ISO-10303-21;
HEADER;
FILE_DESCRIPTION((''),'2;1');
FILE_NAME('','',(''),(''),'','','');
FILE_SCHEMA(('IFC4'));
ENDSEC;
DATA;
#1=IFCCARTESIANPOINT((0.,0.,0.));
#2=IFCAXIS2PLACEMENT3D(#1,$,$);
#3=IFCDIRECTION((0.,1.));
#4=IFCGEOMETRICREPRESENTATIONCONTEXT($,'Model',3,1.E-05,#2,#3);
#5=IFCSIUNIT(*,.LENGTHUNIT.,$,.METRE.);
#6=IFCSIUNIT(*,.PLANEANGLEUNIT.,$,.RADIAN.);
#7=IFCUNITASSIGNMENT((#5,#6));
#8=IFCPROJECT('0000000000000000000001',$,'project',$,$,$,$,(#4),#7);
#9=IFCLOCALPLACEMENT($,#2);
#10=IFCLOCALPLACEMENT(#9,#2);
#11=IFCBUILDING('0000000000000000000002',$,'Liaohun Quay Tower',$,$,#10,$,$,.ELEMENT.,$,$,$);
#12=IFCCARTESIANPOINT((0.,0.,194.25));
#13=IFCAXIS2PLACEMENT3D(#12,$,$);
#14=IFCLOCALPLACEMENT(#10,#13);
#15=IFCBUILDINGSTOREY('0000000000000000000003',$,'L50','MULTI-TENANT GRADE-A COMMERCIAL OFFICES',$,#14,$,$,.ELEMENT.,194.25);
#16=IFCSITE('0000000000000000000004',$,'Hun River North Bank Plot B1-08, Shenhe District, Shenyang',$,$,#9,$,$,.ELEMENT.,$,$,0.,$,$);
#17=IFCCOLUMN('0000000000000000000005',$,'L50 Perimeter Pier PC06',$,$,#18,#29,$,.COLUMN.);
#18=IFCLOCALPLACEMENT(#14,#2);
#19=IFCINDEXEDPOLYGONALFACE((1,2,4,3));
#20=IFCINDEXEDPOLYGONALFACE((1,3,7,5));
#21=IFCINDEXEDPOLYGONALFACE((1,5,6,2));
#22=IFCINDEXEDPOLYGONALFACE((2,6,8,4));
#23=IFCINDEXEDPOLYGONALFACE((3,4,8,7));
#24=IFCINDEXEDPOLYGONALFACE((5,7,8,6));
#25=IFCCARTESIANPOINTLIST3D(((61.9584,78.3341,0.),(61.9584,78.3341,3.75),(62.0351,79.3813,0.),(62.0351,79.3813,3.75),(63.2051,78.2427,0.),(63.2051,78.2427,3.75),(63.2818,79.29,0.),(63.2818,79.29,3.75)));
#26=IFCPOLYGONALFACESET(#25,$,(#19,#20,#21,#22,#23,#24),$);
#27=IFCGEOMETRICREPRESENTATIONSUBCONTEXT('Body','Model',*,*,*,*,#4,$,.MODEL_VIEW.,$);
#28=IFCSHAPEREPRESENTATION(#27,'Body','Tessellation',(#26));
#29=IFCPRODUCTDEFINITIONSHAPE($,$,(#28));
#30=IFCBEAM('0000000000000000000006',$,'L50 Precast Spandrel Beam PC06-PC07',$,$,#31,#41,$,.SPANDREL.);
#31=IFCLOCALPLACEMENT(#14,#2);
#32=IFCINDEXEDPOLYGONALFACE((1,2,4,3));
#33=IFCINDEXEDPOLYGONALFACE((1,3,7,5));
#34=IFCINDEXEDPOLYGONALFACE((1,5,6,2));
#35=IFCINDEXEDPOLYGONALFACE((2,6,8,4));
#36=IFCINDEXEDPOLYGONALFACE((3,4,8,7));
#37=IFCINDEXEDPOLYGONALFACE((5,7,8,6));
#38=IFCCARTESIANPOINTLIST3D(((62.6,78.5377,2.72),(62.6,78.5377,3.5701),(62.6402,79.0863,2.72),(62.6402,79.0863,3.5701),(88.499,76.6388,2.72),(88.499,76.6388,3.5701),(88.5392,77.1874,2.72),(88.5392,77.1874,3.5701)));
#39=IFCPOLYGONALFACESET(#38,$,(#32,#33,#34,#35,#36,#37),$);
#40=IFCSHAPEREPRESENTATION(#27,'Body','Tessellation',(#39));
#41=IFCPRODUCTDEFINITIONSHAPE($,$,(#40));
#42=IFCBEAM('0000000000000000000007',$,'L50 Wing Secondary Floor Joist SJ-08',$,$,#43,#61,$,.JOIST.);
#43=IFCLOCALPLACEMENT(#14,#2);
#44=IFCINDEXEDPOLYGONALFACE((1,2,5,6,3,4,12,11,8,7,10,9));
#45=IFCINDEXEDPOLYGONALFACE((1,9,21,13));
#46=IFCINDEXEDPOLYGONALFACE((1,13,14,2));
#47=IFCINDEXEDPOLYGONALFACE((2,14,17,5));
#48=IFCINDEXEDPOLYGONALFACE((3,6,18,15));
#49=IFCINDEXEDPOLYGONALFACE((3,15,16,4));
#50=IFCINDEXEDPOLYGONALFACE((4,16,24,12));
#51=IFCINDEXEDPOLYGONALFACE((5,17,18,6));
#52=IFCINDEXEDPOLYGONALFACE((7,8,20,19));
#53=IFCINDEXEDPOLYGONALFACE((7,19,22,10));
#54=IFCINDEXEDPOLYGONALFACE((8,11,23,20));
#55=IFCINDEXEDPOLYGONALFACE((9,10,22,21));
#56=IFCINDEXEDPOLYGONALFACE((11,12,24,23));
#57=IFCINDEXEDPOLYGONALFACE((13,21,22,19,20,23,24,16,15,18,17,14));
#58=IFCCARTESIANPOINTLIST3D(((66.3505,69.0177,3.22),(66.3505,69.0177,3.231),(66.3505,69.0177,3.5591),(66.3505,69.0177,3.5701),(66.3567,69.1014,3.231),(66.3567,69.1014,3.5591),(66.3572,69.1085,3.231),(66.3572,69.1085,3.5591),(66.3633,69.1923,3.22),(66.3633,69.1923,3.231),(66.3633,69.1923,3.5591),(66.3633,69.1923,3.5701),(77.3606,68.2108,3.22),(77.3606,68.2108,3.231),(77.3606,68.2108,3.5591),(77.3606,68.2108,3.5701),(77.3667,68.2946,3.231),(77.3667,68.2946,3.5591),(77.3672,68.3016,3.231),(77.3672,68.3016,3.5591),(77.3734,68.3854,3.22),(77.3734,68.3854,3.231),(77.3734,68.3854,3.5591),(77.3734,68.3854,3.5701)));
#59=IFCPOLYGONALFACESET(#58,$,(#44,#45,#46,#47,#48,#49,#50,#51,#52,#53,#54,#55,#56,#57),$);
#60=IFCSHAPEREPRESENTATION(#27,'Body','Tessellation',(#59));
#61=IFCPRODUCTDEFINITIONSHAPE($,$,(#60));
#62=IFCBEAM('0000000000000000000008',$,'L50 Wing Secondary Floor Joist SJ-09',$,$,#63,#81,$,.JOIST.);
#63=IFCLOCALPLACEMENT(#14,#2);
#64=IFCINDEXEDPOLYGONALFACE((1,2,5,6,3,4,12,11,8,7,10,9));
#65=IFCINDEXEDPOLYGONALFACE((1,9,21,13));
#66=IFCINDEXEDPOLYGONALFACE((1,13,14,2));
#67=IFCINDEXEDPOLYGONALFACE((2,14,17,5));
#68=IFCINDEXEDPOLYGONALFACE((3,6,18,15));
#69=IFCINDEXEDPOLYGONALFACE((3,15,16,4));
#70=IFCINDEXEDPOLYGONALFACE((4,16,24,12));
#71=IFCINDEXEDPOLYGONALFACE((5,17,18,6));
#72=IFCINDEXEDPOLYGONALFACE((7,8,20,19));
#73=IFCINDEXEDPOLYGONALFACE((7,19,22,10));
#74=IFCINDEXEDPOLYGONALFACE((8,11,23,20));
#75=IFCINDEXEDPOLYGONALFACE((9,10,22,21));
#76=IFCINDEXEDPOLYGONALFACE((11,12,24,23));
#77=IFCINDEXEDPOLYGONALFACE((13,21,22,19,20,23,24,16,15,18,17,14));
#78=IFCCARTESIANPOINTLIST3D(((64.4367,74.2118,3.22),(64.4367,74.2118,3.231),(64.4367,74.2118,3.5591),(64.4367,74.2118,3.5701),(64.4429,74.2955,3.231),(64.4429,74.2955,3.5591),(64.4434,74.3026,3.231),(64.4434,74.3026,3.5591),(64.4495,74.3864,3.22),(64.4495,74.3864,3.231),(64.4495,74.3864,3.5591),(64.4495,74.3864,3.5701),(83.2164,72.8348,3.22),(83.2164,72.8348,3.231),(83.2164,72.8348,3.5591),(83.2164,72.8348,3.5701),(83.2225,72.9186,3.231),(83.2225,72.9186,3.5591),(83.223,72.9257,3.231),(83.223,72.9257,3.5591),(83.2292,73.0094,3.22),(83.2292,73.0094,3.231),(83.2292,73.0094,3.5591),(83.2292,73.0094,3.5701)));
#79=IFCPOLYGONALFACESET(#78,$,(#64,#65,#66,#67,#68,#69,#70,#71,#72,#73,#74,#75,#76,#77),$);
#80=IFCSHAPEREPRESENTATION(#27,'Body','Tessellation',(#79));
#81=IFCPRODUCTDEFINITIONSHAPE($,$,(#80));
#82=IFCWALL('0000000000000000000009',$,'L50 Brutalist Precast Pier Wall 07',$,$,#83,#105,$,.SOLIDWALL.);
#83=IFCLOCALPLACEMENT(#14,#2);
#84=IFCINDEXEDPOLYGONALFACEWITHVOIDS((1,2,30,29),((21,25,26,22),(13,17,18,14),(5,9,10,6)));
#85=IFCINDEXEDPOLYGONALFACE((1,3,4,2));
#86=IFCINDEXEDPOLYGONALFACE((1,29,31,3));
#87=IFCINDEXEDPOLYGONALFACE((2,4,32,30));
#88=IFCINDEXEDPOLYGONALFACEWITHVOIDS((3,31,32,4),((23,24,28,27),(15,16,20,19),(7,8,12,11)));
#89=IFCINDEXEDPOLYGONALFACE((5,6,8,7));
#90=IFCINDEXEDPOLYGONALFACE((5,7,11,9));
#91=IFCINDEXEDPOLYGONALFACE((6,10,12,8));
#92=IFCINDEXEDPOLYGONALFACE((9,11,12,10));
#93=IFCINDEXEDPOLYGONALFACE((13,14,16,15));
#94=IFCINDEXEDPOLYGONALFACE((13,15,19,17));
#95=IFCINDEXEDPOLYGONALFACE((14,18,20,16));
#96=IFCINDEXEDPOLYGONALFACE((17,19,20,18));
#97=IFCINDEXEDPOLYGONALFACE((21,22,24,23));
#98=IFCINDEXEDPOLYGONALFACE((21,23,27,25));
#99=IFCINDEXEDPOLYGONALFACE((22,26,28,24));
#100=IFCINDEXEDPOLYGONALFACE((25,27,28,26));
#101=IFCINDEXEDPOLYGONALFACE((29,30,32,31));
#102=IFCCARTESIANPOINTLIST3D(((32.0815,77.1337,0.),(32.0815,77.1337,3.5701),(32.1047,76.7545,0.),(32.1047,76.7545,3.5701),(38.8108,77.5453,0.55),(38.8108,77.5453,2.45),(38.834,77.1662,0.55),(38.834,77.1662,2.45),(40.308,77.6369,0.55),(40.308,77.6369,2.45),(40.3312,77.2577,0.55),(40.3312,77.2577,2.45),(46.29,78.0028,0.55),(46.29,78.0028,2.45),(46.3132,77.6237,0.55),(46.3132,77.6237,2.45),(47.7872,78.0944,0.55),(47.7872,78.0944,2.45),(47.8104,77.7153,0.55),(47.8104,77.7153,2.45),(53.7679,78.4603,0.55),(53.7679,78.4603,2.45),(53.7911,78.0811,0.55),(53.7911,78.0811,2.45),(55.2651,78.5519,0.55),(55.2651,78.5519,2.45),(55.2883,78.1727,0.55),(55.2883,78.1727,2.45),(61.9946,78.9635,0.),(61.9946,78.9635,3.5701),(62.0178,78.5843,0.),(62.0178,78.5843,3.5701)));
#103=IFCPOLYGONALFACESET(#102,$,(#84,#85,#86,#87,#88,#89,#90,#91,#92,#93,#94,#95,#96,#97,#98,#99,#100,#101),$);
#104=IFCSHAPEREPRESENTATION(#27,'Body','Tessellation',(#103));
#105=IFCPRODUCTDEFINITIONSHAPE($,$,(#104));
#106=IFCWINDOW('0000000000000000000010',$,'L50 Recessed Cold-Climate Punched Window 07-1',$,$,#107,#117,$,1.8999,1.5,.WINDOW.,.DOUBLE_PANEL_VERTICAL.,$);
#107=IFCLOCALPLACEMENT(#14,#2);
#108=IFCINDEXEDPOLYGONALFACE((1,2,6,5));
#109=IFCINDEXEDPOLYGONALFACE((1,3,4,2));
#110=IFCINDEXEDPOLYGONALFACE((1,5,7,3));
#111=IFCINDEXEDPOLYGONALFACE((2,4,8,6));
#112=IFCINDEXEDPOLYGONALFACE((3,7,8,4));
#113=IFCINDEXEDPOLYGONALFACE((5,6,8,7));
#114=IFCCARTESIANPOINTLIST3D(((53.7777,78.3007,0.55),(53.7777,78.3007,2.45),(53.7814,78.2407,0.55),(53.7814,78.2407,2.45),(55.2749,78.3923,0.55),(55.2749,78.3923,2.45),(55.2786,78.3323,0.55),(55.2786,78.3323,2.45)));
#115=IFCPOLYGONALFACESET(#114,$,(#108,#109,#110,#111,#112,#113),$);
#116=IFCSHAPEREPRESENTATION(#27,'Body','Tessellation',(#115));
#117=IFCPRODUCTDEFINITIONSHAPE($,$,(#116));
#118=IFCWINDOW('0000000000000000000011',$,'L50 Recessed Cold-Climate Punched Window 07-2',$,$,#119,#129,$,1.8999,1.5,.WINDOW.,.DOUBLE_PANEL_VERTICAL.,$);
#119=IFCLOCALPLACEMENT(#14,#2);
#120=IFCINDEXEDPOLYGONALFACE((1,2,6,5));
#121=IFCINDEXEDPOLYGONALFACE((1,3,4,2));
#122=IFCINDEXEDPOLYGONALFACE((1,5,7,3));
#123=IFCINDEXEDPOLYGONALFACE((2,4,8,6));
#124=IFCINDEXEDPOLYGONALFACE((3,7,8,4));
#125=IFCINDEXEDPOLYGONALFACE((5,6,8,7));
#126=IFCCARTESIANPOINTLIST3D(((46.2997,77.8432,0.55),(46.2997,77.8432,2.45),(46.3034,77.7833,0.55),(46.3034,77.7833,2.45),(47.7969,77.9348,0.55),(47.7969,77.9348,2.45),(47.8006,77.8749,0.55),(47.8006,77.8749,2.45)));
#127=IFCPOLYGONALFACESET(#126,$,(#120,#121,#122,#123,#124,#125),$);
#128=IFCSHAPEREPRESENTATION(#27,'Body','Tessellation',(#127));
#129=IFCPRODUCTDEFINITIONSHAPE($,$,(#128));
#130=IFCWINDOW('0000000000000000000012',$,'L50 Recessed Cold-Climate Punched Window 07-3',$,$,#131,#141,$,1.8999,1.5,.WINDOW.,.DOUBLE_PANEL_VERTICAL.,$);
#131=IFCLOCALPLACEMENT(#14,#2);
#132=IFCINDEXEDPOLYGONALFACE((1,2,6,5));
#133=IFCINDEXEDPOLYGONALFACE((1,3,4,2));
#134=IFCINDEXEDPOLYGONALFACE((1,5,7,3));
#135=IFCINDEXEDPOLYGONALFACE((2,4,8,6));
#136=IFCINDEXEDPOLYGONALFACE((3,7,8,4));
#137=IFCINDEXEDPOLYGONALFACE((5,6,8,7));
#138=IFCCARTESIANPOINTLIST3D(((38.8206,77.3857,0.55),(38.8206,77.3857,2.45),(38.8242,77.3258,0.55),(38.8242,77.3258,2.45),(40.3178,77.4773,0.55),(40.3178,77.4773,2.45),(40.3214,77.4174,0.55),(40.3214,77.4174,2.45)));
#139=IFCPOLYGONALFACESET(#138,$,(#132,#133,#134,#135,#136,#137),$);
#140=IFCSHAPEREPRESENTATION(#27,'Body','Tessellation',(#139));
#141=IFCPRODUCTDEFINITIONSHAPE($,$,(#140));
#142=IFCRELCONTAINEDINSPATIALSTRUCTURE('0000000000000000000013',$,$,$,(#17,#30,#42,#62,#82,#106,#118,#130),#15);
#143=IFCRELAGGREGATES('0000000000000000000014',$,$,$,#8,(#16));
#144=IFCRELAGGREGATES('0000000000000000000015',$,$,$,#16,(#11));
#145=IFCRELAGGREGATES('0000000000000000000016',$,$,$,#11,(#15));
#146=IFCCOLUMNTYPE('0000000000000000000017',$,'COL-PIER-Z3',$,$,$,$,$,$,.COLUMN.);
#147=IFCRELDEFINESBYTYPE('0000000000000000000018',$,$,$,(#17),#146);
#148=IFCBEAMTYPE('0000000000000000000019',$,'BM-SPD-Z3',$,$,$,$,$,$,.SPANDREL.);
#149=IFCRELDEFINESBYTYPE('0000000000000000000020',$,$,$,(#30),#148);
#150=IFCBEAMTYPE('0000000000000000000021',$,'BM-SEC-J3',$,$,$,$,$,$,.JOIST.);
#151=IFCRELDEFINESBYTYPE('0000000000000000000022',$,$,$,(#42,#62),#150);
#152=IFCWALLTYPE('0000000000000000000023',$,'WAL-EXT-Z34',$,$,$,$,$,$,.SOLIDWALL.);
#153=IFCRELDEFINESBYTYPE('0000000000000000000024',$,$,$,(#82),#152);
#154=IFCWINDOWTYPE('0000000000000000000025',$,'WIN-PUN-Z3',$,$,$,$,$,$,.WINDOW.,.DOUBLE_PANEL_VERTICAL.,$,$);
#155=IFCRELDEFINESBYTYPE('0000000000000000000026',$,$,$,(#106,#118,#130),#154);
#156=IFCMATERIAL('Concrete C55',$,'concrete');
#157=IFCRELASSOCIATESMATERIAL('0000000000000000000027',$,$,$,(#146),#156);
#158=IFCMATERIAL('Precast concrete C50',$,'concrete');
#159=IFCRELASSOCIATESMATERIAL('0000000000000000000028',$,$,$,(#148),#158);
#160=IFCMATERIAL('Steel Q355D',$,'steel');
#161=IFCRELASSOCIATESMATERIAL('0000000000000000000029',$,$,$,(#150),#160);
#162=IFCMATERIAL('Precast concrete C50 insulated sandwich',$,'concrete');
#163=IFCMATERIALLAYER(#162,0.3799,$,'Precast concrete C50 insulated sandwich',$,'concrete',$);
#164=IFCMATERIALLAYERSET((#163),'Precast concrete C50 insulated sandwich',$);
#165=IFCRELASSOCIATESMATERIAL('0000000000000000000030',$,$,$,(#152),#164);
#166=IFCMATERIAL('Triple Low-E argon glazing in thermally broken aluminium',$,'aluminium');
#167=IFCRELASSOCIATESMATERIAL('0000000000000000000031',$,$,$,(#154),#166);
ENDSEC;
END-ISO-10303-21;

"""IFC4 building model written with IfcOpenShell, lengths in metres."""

from ifc_helpers import new_model, si_unit, direction, frame, frame_2d, origin, origin_2d, place, context, subcontext, project, spatial, rectangle, i_section, extrude, source, transform, mapped, material, layer, layer_set, material_profile, profile_set, type_object, element, fill, save


model = new_model("IFC4")

# Units and contexts
model_context = context("Model", 3, precision=1e-05, world=origin(), true_north=direction((0.0, 1.0)))
body_context = subcontext(model_context, "Body", "Model", "MODEL_VIEW")
ifc_project = project(units=[si_unit("LENGTHUNIT", "METRE"), si_unit("PLANEANGLEUNIT", "RADIAN")], contexts=[model_context])

# Site, building, storey
site_placement = place(None, origin())
site = spatial("IfcSite", under=ifc_project, at=site_placement, Name="Hun River North Bank Plot B1-08, Shenhe District, Shenyang", CompositionType="ELEMENT", RefElevation=0.0)
building_placement = place(site_placement, origin())
building = spatial("IfcBuilding", under=site, at=building_placement, Name="Liaohun Quay Tower", CompositionType="ELEMENT")
storey_placement = place(building_placement, frame((0.0, 0.0, 194.25)))
storey = spatial("IfcBuildingStorey", under=building, at=storey_placement, Name="L50", Description="MULTI-TENANT GRADE-A COMMERCIAL OFFICES", CompositionType="ELEMENT", Elevation=194.25)

# Column
ifc_material_1 = material(Name="Concrete C55", Category="concrete")
ifc_material_profile_1 = material_profile(ifc_material_1, rectangle(XDim=1.25, YDim=1.05, at=origin_2d()), Name="RC1250x1050")
ifc_profile_set_1 = profile_set([ifc_material_profile_1], Name="Concrete C55")
column_type = type_object("IfcColumnType", Name="COL-PIER-Z3", PredefinedType="COLUMN", material=ifc_profile_set_1)
shared_shape_1 = source(origin(), body_context, "Body", "SweptSolid", [
    extrude(rectangle(XDim=1.25, YDim=1.05, at=origin_2d()), origin(), (0.0, 0.0, 1.0), 3.75),
])
column_placement = place(storey_placement, frame((62.6201, 78.812, 0.0), z_axis=(0.0, 0.0, 1.0), x_axis=(-0.997327, 0.073064, 0.0)))
element("IfcColumn", 1, at=column_placement, inside=storey, type_object=column_type, Name="L50 Perimeter Pier PC06", PredefinedType="COLUMN", context=body_context, shape_type="MappedRepresentation", body=[
    mapped(shared_shape_1, transform((0.0, 0.0, 0.0), x_axis=(1.0, 0.0, 0.0), y_axis=(0.0, 1.0, 0.0), z_axis=(0.0, 0.0, 1.0), scale=1.0)),
])

# Beams
ifc_material_2 = material(Name="Precast concrete C50", Category="concrete")
ifc_material_profile_2 = material_profile(ifc_material_2, rectangle(XDim=0.55, YDim=0.8501, at=origin_2d()), Name="RC550x850")
ifc_profile_set_2 = profile_set([ifc_material_profile_2], Name="Precast concrete C50")
beam_type_1 = type_object("IfcBeamType", Name="BM-SPD-Z3", PredefinedType="SPANDREL", material=ifc_profile_set_2)
shared_shape_2 = source(origin(), body_context, "Body", "SweptSolid", [
    extrude(rectangle(XDim=0.55, YDim=0.8501, at=origin_2d()), origin(), (0.0, 0.0, 1.0), 25.9685),
])
beam_1_placement = place(storey_placement, frame((62.6201, 78.812, 3.145), z_axis=(0.997323, -0.073124, 0.0), x_axis=(0.073124, 0.997323, 0.0)))
element("IfcBeam", 2, at=beam_1_placement, inside=storey, type_object=beam_type_1, Name="L50 Precast Spandrel Beam PC06-PC07", PredefinedType="SPANDREL", context=body_context, shape_type="MappedRepresentation", body=[
    mapped(shared_shape_2, transform((0.0, 0.0, 0.0), x_axis=(1.0, 0.0, 0.0), y_axis=(0.0, 1.0, 0.0), z_axis=(0.0, 0.0, 1.0), scale=1.0)),
])
ifc_material_3 = material(Name="Steel Q355D", Category="steel")
ifc_material_profile_3 = material_profile(ifc_material_3, i_section(OverallWidth=0.175, OverallDepth=0.3501, WebThickness=0.0071, FlangeThickness=0.011, at=origin_2d()), Name="HN350x175x7x11")
ifc_profile_set_3 = profile_set([ifc_material_profile_3], Name="Steel Q355D")
beam_type_2 = type_object("IfcBeamType", Name="BM-SEC-J3", PredefinedType="JOIST", material=ifc_profile_set_3)
shared_shape_3 = source(origin(), body_context, "Body", "SweptSolid", [
    extrude(i_section(OverallWidth=0.175, OverallDepth=0.3501, WebThickness=0.0071, FlangeThickness=0.011, at=origin_2d()), origin(), (0.0, 0.0, 1.0), 11.0396),
])
beam_2_placement = place(storey_placement, frame((66.3569, 69.105, 3.395), z_axis=(0.997325, -0.07309, 0.0), x_axis=(0.07309, 0.997325, 0.0)))
element("IfcBeam", 3, at=beam_2_placement, inside=storey, type_object=beam_type_2, Name="L50 Wing Secondary Floor Joist SJ-08", PredefinedType="JOIST", context=body_context, shape_type="MappedRepresentation", body=[
    mapped(shared_shape_3, transform((0.0, 0.0, 0.0), x_axis=(1.0, 0.0, 0.0), y_axis=(0.0, 1.0, 0.0), z_axis=(0.0, 0.0, 1.0), scale=1.0)),
])
shared_shape_4 = source(origin(), body_context, "Body", "SweptSolid", [
    extrude(i_section(OverallWidth=0.175, OverallDepth=0.3501, WebThickness=0.0071, FlangeThickness=0.011, at=origin_2d()), origin(), (0.0, 0.0, 1.0), 18.8301),
])
beam_3_placement = place(storey_placement, frame((64.4431, 74.2991, 3.395), z_axis=(0.997323, -0.073125, 0.0), x_axis=(0.073125, 0.997323, 0.0)))
element("IfcBeam", 4, at=beam_3_placement, inside=storey, type_object=beam_type_2, Name="L50 Wing Secondary Floor Joist SJ-09", PredefinedType="JOIST", context=body_context, shape_type="MappedRepresentation", body=[
    mapped(shared_shape_4, transform((0.0, 0.0, 0.0), x_axis=(1.0, 0.0, 0.0), y_axis=(0.0, 1.0, 0.0), z_axis=(0.0, 0.0, 1.0), scale=1.0)),
])

# Wall, openings, windows
ifc_material_4 = material(Name="Precast concrete C50 insulated sandwich", Category="concrete")
ifc_layer_1 = layer(ifc_material_4, 0.3799, Name="Precast concrete C50 insulated sandwich", Category="concrete")
ifc_layer_set_1 = layer_set([ifc_layer_1], Name="Precast concrete C50 insulated sandwich")
wall_type_1 = type_object("IfcWallType", Name="WAL-EXT-Z34", PredefinedType="SOLIDWALL", material=ifc_layer_set_1)
wall_1_placement = place(storey_placement, frame((62.0061, 78.7739, 0.0), z_axis=(0.0, 0.0, 1.0), x_axis=(-0.998134, -0.061058, 0.0)))
wall_1 = element("IfcWall", 5, at=wall_1_placement, inside=storey, type_object=wall_type_1, Name="L50 Brutalist Precast Pier Wall 07", PredefinedType="SOLIDWALL", context=body_context, shape_type="SweptSolid", body=[
    extrude(rectangle(XDim=29.969, YDim=0.3799, at=frame_2d((14.9844, 0.0))), origin(), (0.0, 0.0, 1.0), 3.5701),
])
shared_shape_5 = source(origin(), body_context, "Body", "SweptSolid", [
    extrude(rectangle(XDim=1.5, YDim=1.8999, at=frame_2d((0.75, 0.95))), frame((0.0, 0.2, 0.0), z_axis=(0.0, -1.0, 0.0), x_axis=(1.0, 0.0, 0.0)), (0.0, 0.0, 1.0), 0.3999),
])
opening_1_placement = place(wall_1_placement, frame((6.7419, 0.0, 0.55)))
opening_1 = element("IfcOpeningElement", 6, at=opening_1_placement, cuts=wall_1, PredefinedType="OPENING", context=body_context, shape_type="MappedRepresentation", body=[
    mapped(shared_shape_5, transform((0.0, 0.0, 0.0), x_axis=(1.0, 0.0, 0.0), y_axis=(0.0, 1.0, 0.0), z_axis=(0.0, 0.0, 1.0), scale=1.0)),
])
opening_2_placement = place(wall_1_placement, frame((14.2339, 0.0, 0.55)))
opening_2 = element("IfcOpeningElement", 7, at=opening_2_placement, cuts=wall_1, PredefinedType="OPENING", context=body_context, shape_type="MappedRepresentation", body=[
    mapped(shared_shape_5, transform((0.0, 0.0, 0.0), x_axis=(1.0, 0.0, 0.0), y_axis=(0.0, 1.0, 0.0), z_axis=(0.0, 0.0, 1.0), scale=1.0)),
])
opening_3_placement = place(wall_1_placement, frame((21.7271, 0.0, 0.55)))
opening_3 = element("IfcOpeningElement", 8, at=opening_3_placement, cuts=wall_1, PredefinedType="OPENING", context=body_context, shape_type="MappedRepresentation", body=[
    mapped(shared_shape_5, transform((0.0, 0.0, 0.0), x_axis=(1.0, 0.0, 0.0), y_axis=(0.0, 1.0, 0.0), z_axis=(0.0, 0.0, 1.0), scale=1.0)),
])
ifc_material_5 = material(Name="Triple Low-E argon glazing in thermally broken aluminium", Category="aluminium")
window_type = type_object("IfcWindowType", Name="WIN-PUN-Z3", PartitioningType="DOUBLE_PANEL_VERTICAL", PredefinedType="WINDOW", material=ifc_material_5)
shared_shape_6 = source(origin(), body_context, "Body", "SweptSolid", [
    extrude(rectangle(XDim=1.5, YDim=1.8999, at=frame_2d((0.75, 0.95))), frame((0.0, 0.03, 0.0), z_axis=(0.0, -1.0, 0.0), x_axis=(1.0, 0.0, 0.0)), (0.0, 0.0, 1.0), 0.0601),
])
window_1_placement = place(opening_1_placement, origin())
window_1 = element("IfcWindow", 9, at=window_1_placement, inside=storey, type_object=window_type, Name="L50 Recessed Cold-Climate Punched Window 07-1", OverallHeight=1.8999, OverallWidth=1.5, PartitioningType="DOUBLE_PANEL_VERTICAL", PredefinedType="WINDOW", context=body_context, shape_type="MappedRepresentation", body=[
    mapped(shared_shape_6, transform((0.0, 0.0, 0.0), x_axis=(1.0, 0.0, 0.0), y_axis=(0.0, 1.0, 0.0), z_axis=(0.0, 0.0, 1.0), scale=1.0)),
])
fill(opening_1, window_1)
window_2_placement = place(opening_2_placement, origin())
window_2 = element("IfcWindow", 10, at=window_2_placement, inside=storey, type_object=window_type, Name="L50 Recessed Cold-Climate Punched Window 07-2", OverallHeight=1.8999, OverallWidth=1.5, PartitioningType="DOUBLE_PANEL_VERTICAL", PredefinedType="WINDOW", context=body_context, shape_type="MappedRepresentation", body=[
    mapped(shared_shape_6, transform((0.0, 0.0, 0.0), x_axis=(1.0, 0.0, 0.0), y_axis=(0.0, 1.0, 0.0), z_axis=(0.0, 0.0, 1.0), scale=1.0)),
])
fill(opening_2, window_2)
window_3_placement = place(opening_3_placement, origin())
window_3 = element("IfcWindow", 11, at=window_3_placement, inside=storey, type_object=window_type, Name="L50 Recessed Cold-Climate Punched Window 07-3", OverallHeight=1.8999, OverallWidth=1.5, PartitioningType="DOUBLE_PANEL_VERTICAL", PredefinedType="WINDOW", context=body_context, shape_type="MappedRepresentation", body=[
    mapped(shared_shape_6, transform((0.0, 0.0, 0.0), x_axis=(1.0, 0.0, 0.0), y_axis=(0.0, 1.0, 0.0), z_axis=(0.0, 0.0, 1.0), scale=1.0)),
])
fill(opening_3, window_3)

save(model, "model.ifc")
